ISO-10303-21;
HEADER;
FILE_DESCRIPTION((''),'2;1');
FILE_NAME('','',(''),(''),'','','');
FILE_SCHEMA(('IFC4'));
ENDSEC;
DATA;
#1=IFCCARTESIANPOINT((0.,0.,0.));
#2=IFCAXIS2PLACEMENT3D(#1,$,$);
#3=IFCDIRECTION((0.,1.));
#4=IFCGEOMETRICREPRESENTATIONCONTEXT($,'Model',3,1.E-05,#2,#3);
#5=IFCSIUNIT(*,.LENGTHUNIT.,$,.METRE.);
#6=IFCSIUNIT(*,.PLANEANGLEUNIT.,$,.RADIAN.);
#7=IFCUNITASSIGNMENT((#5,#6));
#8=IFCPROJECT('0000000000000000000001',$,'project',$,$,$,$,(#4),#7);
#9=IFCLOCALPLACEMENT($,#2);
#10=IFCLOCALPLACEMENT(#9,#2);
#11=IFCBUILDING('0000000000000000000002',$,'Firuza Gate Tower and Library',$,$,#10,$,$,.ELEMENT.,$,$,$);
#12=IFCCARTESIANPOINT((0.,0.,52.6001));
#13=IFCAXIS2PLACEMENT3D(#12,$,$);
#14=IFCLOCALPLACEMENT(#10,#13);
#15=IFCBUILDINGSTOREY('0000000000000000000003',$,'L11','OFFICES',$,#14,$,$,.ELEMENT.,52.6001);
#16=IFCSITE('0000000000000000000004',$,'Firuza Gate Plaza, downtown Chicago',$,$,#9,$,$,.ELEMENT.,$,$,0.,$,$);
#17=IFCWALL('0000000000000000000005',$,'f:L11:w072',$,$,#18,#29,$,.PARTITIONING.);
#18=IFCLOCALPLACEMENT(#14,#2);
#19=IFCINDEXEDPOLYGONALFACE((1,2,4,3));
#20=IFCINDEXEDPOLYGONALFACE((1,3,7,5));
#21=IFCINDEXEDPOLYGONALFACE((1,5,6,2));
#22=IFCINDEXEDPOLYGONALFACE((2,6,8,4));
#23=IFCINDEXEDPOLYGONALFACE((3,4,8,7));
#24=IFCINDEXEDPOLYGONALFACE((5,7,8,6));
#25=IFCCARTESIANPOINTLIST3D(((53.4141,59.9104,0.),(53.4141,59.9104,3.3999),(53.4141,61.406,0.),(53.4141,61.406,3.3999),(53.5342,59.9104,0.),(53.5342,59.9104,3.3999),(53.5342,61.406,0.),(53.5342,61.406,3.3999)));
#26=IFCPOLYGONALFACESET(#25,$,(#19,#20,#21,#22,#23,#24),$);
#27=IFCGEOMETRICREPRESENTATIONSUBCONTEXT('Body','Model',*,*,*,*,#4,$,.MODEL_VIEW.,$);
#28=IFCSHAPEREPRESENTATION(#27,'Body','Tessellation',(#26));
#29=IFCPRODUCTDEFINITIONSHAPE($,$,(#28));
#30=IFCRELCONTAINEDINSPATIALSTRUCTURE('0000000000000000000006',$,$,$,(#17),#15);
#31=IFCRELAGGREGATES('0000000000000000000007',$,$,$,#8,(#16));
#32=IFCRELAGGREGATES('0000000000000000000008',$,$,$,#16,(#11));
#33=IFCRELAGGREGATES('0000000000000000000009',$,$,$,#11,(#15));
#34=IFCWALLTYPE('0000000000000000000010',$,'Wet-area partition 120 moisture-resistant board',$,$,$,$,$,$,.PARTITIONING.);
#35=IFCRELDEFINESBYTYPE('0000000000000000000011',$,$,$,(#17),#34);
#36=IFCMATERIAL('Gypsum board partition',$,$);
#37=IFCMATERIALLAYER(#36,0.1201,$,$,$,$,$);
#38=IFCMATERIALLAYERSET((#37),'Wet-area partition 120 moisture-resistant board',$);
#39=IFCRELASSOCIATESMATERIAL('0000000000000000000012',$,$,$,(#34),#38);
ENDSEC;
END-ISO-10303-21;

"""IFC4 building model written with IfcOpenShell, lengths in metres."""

from ifc_helpers import new_model, si_unit, direction, frame, frame_2d, origin, place, context, subcontext, project, spatial, rectangle, extrude, material, layer, layer_set, type_object, element, save


model = new_model("IFC4")

# Units and contexts
model_context = context("Model", 3, precision=1e-05, world=origin(), true_north=direction((0.0, 1.0)))
body_context = subcontext(model_context, "Body", "Model", "MODEL_VIEW")
ifc_project = project(units=[si_unit("LENGTHUNIT", "METRE"), si_unit("PLANEANGLEUNIT", "RADIAN")], contexts=[model_context])

# Site, building, storey
site_placement = place(None, origin())
site = spatial("IfcSite", under=ifc_project, at=site_placement, Name="Firuza Gate Plaza, downtown Chicago", CompositionType="ELEMENT", RefElevation=0.0)
building_placement = place(site_placement, origin())
building = spatial("IfcBuilding", under=site, at=building_placement, Name="Firuza Gate Tower and Library", CompositionType="ELEMENT")
storey_placement = place(building_placement, frame((0.0, 0.0, 52.6001)))
storey = spatial("IfcBuildingStorey", under=building, at=storey_placement, Name="L11", Description="OFFICES", CompositionType="ELEMENT", Elevation=52.6001)

# Wall
ifc_material_1 = material(Name="Gypsum board partition")
ifc_layer_1 = layer(ifc_material_1, 0.1201)
ifc_layer_set_1 = layer_set([ifc_layer_1], Name="Wet-area partition 120 moisture-resistant board")
wall_type_1 = type_object("IfcWallType", Name="Wet-area partition 120 moisture-resistant board", PredefinedType="PARTITIONING", material=ifc_layer_set_1)
wall_1_placement = place(storey_placement, frame((53.4741, 59.9104, 0.0), z_axis=(0.0, 0.0, 1.0), x_axis=(0.0, 1.0, 0.0)))
element("IfcWall", 1, at=wall_1_placement, inside=storey, type_object=wall_type_1, Name="f:L11:w072", PredefinedType="PARTITIONING", context=body_context, shape_type="SweptSolid", body=[
    extrude(rectangle(XDim=1.4956, YDim=0.1201, at=frame_2d((0.7478, 0.0))), origin(), (0.0, 0.0, 1.0), 3.3999),
])

save(model, "model.ifc")
